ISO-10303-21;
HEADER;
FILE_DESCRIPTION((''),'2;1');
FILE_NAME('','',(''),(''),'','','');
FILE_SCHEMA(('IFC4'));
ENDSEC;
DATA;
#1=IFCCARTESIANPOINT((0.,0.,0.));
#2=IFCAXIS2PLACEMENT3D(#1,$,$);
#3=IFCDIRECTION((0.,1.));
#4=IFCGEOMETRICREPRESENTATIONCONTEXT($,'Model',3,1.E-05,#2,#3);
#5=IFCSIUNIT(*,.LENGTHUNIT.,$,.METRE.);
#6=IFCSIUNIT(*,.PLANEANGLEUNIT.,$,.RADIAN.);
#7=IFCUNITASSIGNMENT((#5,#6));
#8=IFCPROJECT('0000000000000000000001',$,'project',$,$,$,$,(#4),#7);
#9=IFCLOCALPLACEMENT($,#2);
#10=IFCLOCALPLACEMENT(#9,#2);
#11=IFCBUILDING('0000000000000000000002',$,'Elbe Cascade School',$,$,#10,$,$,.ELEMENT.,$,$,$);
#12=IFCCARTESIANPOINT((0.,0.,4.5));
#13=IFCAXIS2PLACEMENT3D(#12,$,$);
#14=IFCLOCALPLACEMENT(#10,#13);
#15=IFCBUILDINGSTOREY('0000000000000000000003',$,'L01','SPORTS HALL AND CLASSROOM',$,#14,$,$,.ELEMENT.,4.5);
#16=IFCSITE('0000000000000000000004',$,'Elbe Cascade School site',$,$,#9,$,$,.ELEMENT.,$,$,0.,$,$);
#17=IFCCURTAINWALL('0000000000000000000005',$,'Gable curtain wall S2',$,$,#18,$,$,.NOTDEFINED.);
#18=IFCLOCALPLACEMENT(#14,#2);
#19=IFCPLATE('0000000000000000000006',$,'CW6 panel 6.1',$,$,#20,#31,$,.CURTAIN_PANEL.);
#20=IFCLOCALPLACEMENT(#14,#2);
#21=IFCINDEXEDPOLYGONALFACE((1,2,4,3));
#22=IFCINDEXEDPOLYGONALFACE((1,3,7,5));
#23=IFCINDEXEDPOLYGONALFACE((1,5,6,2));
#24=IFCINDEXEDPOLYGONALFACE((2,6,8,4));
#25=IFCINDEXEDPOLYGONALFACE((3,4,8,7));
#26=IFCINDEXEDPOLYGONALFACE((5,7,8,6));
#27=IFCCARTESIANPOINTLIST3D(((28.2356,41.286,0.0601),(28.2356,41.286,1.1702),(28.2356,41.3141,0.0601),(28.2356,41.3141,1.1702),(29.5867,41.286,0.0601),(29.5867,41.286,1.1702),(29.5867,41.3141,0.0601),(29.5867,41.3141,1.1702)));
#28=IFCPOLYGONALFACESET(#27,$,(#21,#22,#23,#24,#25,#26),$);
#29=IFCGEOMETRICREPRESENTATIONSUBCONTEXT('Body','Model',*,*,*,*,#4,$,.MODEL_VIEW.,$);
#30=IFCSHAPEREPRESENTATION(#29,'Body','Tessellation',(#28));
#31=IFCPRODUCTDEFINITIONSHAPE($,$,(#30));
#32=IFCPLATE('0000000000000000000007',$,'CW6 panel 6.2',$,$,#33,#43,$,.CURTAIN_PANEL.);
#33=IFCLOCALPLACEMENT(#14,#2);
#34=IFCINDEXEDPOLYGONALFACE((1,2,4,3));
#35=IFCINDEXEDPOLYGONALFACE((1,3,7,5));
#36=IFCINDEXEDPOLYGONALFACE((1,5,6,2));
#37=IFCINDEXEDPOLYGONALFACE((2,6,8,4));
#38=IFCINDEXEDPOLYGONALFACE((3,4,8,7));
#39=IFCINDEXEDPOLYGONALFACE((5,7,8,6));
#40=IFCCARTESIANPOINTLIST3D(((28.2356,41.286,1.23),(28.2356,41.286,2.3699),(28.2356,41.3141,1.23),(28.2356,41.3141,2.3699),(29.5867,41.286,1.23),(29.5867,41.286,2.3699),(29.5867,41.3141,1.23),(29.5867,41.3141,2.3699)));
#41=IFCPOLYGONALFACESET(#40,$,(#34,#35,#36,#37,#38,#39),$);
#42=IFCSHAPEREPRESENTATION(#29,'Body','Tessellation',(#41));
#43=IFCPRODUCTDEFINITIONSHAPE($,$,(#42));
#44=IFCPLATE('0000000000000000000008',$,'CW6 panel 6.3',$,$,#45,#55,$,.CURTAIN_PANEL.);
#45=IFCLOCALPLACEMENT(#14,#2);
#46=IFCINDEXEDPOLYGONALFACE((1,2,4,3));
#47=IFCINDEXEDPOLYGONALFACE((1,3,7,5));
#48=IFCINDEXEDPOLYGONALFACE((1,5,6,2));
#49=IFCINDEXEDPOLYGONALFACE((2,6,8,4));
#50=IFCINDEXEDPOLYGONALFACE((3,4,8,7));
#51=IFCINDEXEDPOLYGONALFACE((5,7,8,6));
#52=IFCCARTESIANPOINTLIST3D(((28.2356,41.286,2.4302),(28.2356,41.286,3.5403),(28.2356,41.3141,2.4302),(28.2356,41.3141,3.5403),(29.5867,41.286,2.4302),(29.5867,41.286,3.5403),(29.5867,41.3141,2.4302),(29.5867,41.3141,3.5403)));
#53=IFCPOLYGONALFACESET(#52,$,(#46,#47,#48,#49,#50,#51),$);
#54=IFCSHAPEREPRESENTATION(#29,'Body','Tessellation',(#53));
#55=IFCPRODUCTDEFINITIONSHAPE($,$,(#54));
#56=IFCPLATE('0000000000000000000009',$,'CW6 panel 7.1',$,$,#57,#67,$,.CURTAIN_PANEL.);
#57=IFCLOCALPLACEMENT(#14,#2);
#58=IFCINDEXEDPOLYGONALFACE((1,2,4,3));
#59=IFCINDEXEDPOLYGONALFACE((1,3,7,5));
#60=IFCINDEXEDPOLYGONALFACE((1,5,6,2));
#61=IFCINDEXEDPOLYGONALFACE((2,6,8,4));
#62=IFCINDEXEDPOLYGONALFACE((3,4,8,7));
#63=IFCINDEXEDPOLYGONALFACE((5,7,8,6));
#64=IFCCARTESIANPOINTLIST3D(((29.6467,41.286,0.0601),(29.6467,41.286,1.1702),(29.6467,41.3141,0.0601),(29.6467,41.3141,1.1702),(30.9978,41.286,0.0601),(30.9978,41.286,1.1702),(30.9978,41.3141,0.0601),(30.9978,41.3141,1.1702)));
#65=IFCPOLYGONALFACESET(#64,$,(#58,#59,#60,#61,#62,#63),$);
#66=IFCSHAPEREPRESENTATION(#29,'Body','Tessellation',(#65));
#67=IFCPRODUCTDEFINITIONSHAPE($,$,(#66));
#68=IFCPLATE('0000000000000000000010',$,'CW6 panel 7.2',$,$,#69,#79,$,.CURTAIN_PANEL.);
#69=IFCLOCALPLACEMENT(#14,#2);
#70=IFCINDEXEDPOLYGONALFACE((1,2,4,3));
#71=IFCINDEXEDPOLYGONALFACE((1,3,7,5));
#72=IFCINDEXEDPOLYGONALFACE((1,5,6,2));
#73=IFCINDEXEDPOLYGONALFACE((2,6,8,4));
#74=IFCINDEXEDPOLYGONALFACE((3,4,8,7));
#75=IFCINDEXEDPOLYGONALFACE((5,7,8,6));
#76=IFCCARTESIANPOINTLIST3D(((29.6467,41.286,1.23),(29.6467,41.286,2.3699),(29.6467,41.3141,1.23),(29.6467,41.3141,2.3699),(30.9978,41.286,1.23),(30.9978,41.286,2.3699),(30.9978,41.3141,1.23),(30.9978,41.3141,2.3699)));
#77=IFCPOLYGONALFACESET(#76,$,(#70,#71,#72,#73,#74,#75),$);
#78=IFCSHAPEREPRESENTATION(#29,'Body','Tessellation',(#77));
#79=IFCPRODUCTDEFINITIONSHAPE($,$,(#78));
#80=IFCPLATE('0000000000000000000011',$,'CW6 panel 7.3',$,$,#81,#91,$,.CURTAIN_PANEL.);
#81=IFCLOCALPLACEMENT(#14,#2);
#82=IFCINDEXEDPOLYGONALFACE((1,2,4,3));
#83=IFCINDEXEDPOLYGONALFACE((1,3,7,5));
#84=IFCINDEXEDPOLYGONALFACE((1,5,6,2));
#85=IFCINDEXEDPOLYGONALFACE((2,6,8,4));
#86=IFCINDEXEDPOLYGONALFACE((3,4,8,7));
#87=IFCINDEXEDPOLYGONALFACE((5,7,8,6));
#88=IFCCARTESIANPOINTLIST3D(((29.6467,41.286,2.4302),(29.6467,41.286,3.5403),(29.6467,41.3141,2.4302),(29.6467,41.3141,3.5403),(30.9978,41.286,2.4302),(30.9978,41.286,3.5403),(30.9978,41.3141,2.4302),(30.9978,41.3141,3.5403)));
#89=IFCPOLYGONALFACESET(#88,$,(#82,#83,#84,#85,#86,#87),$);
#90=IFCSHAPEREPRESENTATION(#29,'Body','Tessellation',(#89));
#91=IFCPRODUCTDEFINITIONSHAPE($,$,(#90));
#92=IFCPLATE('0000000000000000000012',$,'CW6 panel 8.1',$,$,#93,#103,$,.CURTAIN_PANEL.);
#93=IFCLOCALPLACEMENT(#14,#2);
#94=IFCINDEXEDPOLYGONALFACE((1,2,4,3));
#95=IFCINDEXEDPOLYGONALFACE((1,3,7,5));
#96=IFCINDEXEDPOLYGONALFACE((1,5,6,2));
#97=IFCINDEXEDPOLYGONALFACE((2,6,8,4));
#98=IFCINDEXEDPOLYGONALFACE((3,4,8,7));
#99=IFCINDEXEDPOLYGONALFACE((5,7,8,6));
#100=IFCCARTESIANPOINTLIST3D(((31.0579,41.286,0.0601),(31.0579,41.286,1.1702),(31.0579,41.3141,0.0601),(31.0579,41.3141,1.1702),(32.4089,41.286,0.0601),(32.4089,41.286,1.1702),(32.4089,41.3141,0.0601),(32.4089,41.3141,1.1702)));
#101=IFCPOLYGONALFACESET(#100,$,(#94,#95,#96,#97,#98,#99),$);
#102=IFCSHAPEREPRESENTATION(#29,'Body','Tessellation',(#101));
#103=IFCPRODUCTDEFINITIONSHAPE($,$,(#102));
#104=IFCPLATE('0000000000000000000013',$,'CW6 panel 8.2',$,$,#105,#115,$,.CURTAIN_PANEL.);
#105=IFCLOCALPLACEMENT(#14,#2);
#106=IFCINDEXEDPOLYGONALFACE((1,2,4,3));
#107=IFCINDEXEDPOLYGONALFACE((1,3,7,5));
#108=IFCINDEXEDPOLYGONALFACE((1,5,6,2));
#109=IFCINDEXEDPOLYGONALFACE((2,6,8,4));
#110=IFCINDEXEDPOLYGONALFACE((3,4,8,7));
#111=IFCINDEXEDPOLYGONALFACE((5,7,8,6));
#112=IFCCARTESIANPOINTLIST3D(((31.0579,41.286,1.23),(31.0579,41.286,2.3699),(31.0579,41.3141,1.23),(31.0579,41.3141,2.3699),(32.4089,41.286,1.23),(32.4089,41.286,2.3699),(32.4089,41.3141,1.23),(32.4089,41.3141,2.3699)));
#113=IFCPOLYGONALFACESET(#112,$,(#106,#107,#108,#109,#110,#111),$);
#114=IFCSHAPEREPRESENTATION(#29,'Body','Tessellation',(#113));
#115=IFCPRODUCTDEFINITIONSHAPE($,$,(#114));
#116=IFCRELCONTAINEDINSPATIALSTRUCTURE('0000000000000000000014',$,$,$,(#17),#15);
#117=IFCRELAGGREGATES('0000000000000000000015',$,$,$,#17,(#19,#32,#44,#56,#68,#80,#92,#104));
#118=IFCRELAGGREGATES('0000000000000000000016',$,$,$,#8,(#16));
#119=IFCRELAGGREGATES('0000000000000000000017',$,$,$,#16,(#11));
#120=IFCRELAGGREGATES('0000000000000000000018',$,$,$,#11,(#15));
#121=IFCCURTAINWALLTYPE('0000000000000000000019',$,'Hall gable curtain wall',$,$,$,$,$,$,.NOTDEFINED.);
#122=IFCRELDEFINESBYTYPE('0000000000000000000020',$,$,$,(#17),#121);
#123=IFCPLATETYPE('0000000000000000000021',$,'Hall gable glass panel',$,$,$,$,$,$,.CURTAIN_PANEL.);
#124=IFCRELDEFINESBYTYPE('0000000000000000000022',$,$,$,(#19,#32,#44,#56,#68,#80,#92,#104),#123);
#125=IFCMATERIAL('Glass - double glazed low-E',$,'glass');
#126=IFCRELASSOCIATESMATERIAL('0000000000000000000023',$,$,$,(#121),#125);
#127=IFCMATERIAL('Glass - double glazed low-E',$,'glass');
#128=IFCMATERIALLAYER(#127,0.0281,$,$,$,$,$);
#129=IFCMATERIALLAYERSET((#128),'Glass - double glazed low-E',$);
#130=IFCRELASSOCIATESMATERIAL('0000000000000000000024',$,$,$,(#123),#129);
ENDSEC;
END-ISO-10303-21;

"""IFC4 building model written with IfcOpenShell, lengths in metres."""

from ifc_helpers import new_model, si_unit, direction, frame, origin, origin_2d, place, context, subcontext, project, spatial, rectangle, extrude, material, layer, layer_set, type_object, element, aggregate, save


model = new_model("IFC4")

# Units and contexts
model_context = context("Model", 3, precision=1e-05, world=origin(), true_north=direction((0.0, 1.0)))
body_context = subcontext(model_context, "Body", "Model", "MODEL_VIEW")
ifc_project = project(units=[si_unit("LENGTHUNIT", "METRE"), si_unit("PLANEANGLEUNIT", "RADIAN")], contexts=[model_context])

# Site, building, storey
site_placement = place(None, origin())
site = spatial("IfcSite", under=ifc_project, at=site_placement, Name="Elbe Cascade School site", CompositionType="ELEMENT", RefElevation=0.0)
building_placement = place(site_placement, origin())
building = spatial("IfcBuilding", under=site, at=building_placement, Name="Elbe Cascade School", CompositionType="ELEMENT")
storey_placement = place(building_placement, frame((0.0, 0.0, 4.5)))
storey = spatial("IfcBuildingStorey", under=building, at=storey_placement, Name="L01", Description="SPORTS HALL AND CLASSROOM", CompositionType="ELEMENT", Elevation=4.5)

# Curtain wall, plates
ifc_material_1 = material(Name="Glass - double glazed low-E", Category="glass")
curtain_wall_type = type_object("IfcCurtainWallType", Name="Hall gable curtain wall", PredefinedType="NOTDEFINED", material=ifc_material_1)
curtain_wall_placement = place(storey_placement, origin())
curtain_wall = element("IfcCurtainWall", 1, at=curtain_wall_placement, inside=storey, type_object=curtain_wall_type, Name="Gable curtain wall S2", PredefinedType="NOTDEFINED")
ifc_material_2 = material(Name="Glass - double glazed low-E", Category="glass")
ifc_layer = layer(ifc_material_2, 0.0281)
ifc_layer_set = layer_set([ifc_layer], Name="Glass - double glazed low-E")
plate_type = type_object("IfcPlateType", Name="Hall gable glass panel", PredefinedType="CURTAIN_PANEL", material=ifc_layer_set)
plate_1_placement = place(storey_placement, frame((28.9111, 41.3, 0.0601), z_axis=(0.0, 0.0, 1.0), x_axis=(1.0, 0.0, 0.0)))
plate_1 = element("IfcPlate", 2, at=plate_1_placement, type_object=plate_type, Name="CW6 panel 6.1", PredefinedType="CURTAIN_PANEL", context=body_context, shape_type="SweptSolid", body=[
    extrude(rectangle(XDim=1.3511, YDim=0.0281, at=origin_2d()), origin(), (0.0, 0.0, 1.0), 1.1101),
])
plate_2_placement = place(storey_placement, frame((28.9111, 41.3, 1.23), z_axis=(0.0, 0.0, 1.0), x_axis=(1.0, 0.0, 0.0)))
plate_2 = element("IfcPlate", 3, at=plate_2_placement, type_object=plate_type, Name="CW6 panel 6.2", PredefinedType="CURTAIN_PANEL", context=body_context, shape_type="SweptSolid", body=[
    extrude(rectangle(XDim=1.3511, YDim=0.0281, at=origin_2d()), origin(), (0.0, 0.0, 1.0), 1.1399),
])
plate_3_placement = place(storey_placement, frame((28.9111, 41.3, 2.4302), z_axis=(0.0, 0.0, 1.0), x_axis=(1.0, 0.0, 0.0)))
plate_3 = element("IfcPlate", 4, at=plate_3_placement, type_object=plate_type, Name="CW6 panel 6.3", PredefinedType="CURTAIN_PANEL", context=body_context, shape_type="SweptSolid", body=[
    extrude(rectangle(XDim=1.3511, YDim=0.0281, at=origin_2d()), origin(), (0.0, 0.0, 1.0), 1.1101),
])
plate_4_placement = place(storey_placement, frame((30.3223, 41.3, 0.0601), z_axis=(0.0, 0.0, 1.0), x_axis=(1.0, 0.0, 0.0)))
plate_4 = element("IfcPlate", 5, at=plate_4_placement, type_object=plate_type, Name="CW6 panel 7.1", PredefinedType="CURTAIN_PANEL", context=body_context, shape_type="SweptSolid", body=[
    extrude(rectangle(XDim=1.3511, YDim=0.0281, at=origin_2d()), origin(), (0.0, 0.0, 1.0), 1.1101),
])
plate_5_placement = place(storey_placement, frame((30.3223, 41.3, 1.23), z_axis=(0.0, 0.0, 1.0), x_axis=(1.0, 0.0, 0.0)))
plate_5 = element("IfcPlate", 6, at=plate_5_placement, type_object=plate_type, Name="CW6 panel 7.2", PredefinedType="CURTAIN_PANEL", context=body_context, shape_type="SweptSolid", body=[
    extrude(rectangle(XDim=1.3511, YDim=0.0281, at=origin_2d()), origin(), (0.0, 0.0, 1.0), 1.1399),
])
plate_6_placement = place(storey_placement, frame((30.3223, 41.3, 2.4302), z_axis=(0.0, 0.0, 1.0), x_axis=(1.0, 0.0, 0.0)))
plate_6 = element("IfcPlate", 7, at=plate_6_placement, type_object=plate_type, Name="CW6 panel 7.3", PredefinedType="CURTAIN_PANEL", context=body_context, shape_type="SweptSolid", body=[
    extrude(rectangle(XDim=1.3511, YDim=0.0281, at=origin_2d()), origin(), (0.0, 0.0, 1.0), 1.1101),
])
plate_7_placement = place(storey_placement, frame((31.7334, 41.3, 0.0601), z_axis=(0.0, 0.0, 1.0), x_axis=(1.0, 0.0, 0.0)))
plate_7 = element("IfcPlate", 8, at=plate_7_placement, type_object=plate_type, Name="CW6 panel 8.1", PredefinedType="CURTAIN_PANEL", context=body_context, shape_type="SweptSolid", body=[
    extrude(rectangle(XDim=1.3511, YDim=0.0281, at=origin_2d()), origin(), (0.0, 0.0, 1.0), 1.1101),
])
plate_8_placement = place(storey_placement, frame((31.7334, 41.3, 1.23), z_axis=(0.0, 0.0, 1.0), x_axis=(1.0, 0.0, 0.0)))
plate_8 = element("IfcPlate", 9, at=plate_8_placement, type_object=plate_type, Name="CW6 panel 8.2", PredefinedType="CURTAIN_PANEL", context=body_context, shape_type="SweptSolid", body=[
    extrude(rectangle(XDim=1.3511, YDim=0.0281, at=origin_2d()), origin(), (0.0, 0.0, 1.0), 1.1399),
])
aggregate(curtain_wall, [plate_1, plate_2, plate_3, plate_4, plate_5, plate_6, plate_7, plate_8])

save(model, "model.ifc")
